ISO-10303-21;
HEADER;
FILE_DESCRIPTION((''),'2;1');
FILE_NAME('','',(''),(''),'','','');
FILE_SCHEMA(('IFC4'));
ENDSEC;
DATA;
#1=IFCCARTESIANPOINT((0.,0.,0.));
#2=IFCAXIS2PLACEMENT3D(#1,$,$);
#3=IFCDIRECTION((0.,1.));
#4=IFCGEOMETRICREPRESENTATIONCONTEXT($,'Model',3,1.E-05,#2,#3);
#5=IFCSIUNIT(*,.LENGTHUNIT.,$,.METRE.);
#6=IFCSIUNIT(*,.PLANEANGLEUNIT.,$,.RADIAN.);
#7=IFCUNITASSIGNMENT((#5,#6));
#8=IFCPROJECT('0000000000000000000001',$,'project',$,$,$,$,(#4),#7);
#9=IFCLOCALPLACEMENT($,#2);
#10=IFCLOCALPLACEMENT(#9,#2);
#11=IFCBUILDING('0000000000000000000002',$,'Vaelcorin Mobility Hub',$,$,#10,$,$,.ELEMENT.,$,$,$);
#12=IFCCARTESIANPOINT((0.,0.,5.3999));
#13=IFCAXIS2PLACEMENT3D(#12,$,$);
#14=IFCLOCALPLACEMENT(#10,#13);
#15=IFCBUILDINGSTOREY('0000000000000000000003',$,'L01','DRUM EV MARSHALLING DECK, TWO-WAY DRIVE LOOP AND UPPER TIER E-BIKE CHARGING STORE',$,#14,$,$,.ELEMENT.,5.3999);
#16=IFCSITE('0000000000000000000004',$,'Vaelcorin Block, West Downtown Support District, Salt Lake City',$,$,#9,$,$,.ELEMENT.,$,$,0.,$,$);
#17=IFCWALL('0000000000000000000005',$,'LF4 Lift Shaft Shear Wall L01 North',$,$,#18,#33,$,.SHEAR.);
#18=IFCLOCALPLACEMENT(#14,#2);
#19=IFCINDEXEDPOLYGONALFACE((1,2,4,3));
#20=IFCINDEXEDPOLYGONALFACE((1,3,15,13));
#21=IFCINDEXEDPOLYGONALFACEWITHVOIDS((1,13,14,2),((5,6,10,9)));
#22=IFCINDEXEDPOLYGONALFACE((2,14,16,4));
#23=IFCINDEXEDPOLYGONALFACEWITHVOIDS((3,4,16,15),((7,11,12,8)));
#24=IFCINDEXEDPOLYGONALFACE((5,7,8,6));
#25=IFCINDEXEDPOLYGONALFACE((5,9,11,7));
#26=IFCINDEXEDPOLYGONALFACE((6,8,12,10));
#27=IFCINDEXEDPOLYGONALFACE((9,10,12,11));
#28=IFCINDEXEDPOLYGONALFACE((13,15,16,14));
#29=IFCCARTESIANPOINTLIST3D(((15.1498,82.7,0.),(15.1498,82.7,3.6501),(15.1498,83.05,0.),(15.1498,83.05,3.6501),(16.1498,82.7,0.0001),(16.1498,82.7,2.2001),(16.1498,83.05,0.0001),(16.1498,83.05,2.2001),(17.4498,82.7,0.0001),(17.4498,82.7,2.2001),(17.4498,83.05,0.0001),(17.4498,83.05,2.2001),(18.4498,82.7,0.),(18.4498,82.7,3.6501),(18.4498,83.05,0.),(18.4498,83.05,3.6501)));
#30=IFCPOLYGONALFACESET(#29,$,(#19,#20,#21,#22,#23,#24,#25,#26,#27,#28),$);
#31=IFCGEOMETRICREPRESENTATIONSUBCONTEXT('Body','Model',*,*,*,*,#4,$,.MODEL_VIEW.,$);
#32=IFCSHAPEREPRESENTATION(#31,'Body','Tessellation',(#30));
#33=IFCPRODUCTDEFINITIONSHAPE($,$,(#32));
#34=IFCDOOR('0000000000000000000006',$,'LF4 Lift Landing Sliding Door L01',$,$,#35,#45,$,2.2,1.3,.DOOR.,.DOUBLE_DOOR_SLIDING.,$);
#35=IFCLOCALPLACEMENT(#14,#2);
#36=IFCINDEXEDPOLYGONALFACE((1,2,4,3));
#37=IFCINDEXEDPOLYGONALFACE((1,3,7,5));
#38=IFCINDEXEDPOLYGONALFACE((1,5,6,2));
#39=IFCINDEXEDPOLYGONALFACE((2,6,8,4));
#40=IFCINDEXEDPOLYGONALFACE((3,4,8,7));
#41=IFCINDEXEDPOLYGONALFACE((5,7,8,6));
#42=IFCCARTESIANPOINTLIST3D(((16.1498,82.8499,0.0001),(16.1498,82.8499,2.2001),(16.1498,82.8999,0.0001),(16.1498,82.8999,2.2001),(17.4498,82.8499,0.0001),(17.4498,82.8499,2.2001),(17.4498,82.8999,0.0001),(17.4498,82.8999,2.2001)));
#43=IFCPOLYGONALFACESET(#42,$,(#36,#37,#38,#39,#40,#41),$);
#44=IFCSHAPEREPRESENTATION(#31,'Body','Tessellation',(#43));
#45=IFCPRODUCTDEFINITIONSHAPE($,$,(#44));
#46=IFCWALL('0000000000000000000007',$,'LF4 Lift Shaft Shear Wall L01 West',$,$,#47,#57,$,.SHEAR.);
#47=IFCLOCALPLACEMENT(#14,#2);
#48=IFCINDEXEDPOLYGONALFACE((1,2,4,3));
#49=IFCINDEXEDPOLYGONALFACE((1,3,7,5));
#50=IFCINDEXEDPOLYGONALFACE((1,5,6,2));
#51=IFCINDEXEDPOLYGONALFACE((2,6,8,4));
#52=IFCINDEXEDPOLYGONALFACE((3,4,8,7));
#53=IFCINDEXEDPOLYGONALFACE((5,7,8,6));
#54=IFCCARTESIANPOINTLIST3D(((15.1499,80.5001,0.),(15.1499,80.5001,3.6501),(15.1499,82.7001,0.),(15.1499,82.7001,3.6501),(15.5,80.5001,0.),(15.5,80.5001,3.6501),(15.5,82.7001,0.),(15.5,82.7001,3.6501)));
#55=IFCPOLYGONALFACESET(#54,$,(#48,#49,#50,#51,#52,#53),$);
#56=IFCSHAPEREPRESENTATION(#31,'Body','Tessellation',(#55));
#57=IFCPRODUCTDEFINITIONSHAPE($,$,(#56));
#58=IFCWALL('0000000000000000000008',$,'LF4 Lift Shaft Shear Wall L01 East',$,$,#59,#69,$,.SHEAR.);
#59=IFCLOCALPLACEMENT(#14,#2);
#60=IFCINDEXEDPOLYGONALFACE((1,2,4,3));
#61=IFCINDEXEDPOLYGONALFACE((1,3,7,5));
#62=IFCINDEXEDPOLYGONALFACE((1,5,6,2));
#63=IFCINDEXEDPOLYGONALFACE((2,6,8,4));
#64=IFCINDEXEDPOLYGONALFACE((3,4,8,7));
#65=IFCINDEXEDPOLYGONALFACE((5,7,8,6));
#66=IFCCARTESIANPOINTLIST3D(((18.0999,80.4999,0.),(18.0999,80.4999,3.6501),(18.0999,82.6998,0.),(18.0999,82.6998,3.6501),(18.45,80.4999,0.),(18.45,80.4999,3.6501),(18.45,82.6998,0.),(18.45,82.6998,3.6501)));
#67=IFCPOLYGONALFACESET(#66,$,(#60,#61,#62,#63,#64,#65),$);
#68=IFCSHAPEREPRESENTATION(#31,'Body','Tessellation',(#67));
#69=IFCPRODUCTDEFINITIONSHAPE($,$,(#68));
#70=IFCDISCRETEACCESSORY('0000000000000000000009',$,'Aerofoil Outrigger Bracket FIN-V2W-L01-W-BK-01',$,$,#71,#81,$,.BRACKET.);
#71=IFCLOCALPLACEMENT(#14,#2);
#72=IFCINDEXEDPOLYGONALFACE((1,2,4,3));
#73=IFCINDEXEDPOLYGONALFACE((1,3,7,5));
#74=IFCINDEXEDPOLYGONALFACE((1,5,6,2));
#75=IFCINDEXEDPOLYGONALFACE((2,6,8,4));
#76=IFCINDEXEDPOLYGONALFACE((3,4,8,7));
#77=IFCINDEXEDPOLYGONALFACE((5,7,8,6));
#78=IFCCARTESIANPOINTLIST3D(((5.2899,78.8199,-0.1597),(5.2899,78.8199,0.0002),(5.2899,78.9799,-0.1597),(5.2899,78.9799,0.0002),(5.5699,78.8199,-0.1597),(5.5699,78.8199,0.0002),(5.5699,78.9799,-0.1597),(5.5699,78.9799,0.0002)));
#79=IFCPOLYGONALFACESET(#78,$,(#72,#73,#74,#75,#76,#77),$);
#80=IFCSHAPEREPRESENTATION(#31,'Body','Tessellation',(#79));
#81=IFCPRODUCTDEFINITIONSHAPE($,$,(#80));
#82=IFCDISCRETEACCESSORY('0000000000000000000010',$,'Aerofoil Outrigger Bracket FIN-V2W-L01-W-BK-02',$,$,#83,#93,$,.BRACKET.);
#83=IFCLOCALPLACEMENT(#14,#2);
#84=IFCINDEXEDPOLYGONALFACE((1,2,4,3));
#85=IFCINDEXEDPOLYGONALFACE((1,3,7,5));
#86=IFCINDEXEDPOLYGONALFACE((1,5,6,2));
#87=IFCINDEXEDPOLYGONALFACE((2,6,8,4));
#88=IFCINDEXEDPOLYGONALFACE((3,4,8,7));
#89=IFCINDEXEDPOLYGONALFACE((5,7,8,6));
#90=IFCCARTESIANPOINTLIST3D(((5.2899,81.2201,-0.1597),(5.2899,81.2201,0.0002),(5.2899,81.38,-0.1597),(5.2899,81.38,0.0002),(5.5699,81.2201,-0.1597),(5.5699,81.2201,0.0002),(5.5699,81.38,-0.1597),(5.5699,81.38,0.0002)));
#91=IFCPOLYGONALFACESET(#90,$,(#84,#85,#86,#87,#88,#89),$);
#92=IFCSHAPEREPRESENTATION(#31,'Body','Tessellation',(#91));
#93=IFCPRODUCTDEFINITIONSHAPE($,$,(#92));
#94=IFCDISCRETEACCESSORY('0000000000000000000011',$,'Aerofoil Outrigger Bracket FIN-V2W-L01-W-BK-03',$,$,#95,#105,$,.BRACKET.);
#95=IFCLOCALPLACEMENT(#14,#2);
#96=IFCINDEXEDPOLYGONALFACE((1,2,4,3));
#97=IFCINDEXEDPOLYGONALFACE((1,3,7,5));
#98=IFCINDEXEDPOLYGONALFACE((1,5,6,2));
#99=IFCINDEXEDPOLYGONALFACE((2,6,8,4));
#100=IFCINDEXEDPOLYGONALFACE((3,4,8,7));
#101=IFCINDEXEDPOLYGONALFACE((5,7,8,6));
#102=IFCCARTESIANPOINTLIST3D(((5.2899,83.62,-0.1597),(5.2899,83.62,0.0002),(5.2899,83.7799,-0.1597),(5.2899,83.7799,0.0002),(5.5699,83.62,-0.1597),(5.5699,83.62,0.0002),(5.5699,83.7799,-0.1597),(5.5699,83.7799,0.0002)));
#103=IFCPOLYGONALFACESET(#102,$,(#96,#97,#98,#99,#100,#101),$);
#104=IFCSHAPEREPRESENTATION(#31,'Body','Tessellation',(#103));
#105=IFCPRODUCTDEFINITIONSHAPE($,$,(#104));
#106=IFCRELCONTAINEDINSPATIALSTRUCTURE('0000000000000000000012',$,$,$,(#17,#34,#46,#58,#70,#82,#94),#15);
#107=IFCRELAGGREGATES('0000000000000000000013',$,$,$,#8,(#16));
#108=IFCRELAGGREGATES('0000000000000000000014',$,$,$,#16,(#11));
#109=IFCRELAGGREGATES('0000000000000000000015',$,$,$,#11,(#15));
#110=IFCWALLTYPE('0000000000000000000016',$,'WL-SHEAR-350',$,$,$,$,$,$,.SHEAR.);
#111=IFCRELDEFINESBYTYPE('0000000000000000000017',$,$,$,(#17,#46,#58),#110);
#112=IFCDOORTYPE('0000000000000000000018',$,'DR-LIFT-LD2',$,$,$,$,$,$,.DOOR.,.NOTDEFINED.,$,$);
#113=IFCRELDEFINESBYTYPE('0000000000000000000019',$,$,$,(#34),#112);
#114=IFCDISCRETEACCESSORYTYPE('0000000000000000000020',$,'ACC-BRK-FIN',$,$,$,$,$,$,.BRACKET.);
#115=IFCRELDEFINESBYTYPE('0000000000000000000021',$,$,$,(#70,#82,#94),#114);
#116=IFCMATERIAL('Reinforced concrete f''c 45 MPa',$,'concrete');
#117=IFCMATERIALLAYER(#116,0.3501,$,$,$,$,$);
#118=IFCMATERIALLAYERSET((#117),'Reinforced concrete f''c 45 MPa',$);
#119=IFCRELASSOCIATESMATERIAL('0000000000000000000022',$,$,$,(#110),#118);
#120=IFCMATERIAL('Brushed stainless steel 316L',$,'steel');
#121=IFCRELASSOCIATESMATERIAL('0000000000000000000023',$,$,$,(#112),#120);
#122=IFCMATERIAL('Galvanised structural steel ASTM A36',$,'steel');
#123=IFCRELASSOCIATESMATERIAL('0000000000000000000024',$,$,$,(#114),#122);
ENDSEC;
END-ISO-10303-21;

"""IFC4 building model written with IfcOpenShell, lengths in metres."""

from ifc_helpers import new_model, si_unit, direction, frame, frame_2d, origin, origin_2d, place, context, subcontext, project, spatial, rectangle, extrude, material, layer, layer_set, type_object, element, fill, save


model = new_model("IFC4")

# Units and contexts
model_context = context("Model", 3, precision=1e-05, world=origin(), true_north=direction((0.0, 1.0)))
body_context = subcontext(model_context, "Body", "Model", "MODEL_VIEW")
ifc_project = project(units=[si_unit("LENGTHUNIT", "METRE"), si_unit("PLANEANGLEUNIT", "RADIAN")], contexts=[model_context])

# Site, building, storey
site_placement = place(None, origin())
site = spatial("IfcSite", under=ifc_project, at=site_placement, Name="Vaelcorin Block, West Downtown Support District, Salt Lake City", CompositionType="ELEMENT", RefElevation=0.0)
building_placement = place(site_placement, origin())
building = spatial("IfcBuilding", under=site, at=building_placement, Name="Vaelcorin Mobility Hub", CompositionType="ELEMENT")
storey_placement = place(building_placement, frame((0.0, 0.0, 5.3999)))
storey = spatial("IfcBuildingStorey", under=building, at=storey_placement, Name="L01", Description="DRUM EV MARSHALLING DECK, TWO-WAY DRIVE LOOP AND UPPER TIER E-BIKE CHARGING STORE", CompositionType="ELEMENT", Elevation=5.3999)

# Shared definitions
ifc_material_1 = material(Name="Reinforced concrete f'c 45 MPa", Category="concrete")
ifc_layer_1 = layer(ifc_material_1, 0.3501)
ifc_layer_set_1 = layer_set([ifc_layer_1], Name="Reinforced concrete f'c 45 MPa")
wall_type_1 = type_object("IfcWallType", Name="WL-SHEAR-350", PredefinedType="SHEAR", material=ifc_layer_set_1)

# Wall, opening, door
wall_1_placement = place(storey_placement, frame((15.1499, 82.875, 0.0), z_axis=(0.0, 0.0, 1.0), x_axis=(1.0, 0.0, 0.0)))
wall_1 = element("IfcWall", 1, at=wall_1_placement, inside=storey, type_object=wall_type_1, Name="LF4 Lift Shaft Shear Wall L01 North", PredefinedType="SHEAR", context=body_context, shape_type="SweptSolid", body=[
    extrude(rectangle(XDim=3.3, YDim=0.3501, at=frame_2d((1.6499, 0.0))), origin(), (0.0, 0.0, 1.0), 3.6501),
])
opening_1_placement = place(wall_1_placement, frame((1.0, 0.0, 0.0)))
opening_1 = element("IfcOpeningElement", 2, at=opening_1_placement, cuts=wall_1, PredefinedType="OPENING", context=body_context, shape_type="SweptSolid", body=[
    extrude(rectangle(XDim=1.3, YDim=2.2, at=frame_2d((0.6499, 1.1001))), frame((0.0, 0.1851, 0.0), z_axis=(0.0, -1.0, 0.0), x_axis=(1.0, 0.0, 0.0)), (0.0, 0.0, 1.0), 0.3701),
])
ifc_material_2 = material(Name="Brushed stainless steel 316L", Category="steel")
door_type_1 = type_object("IfcDoorType", Name="DR-LIFT-LD2", OperationType="NOTDEFINED", PredefinedType="DOOR", material=ifc_material_2)
door_1_placement = place(opening_1_placement, origin())
door_1 = element("IfcDoor", 3, at=door_1_placement, inside=storey, type_object=door_type_1, Name="LF4 Lift Landing Sliding Door L01", OperationType="DOUBLE_DOOR_SLIDING", OverallHeight=2.2, OverallWidth=1.3, PredefinedType="DOOR", context=body_context, shape_type="SweptSolid", body=[
    extrude(rectangle(XDim=1.3, YDim=2.2, at=frame_2d((0.6499, 1.1001))), frame((0.0, 0.0249, 0.0), z_axis=(0.0, -1.0, 0.0), x_axis=(1.0, 0.0, 0.0)), (0.0, 0.0, 1.0), 0.05),
])
fill(opening_1, door_1)

# Walls
for number, where, z_axis, x_axis, name in (
    (4, (15.325, 80.5, 0.0), (0.0, 0.0, 1.0), (0.0, 1.0, 0.0), "LF4 Lift Shaft Shear Wall L01 West"),
    (5, (18.2749, 82.7, 0.0), (0.0, 0.0, 1.0), (0.0, -1.0, 0.0), "LF4 Lift Shaft Shear Wall L01 East"),
):
    element("IfcWall", number, at=place(storey_placement, frame(where, z_axis=z_axis, x_axis=x_axis)), inside=storey, type_object=wall_type_1, Name=name, PredefinedType="SHEAR", context=body_context, shape_type="SweptSolid", body=[
        extrude(rectangle(XDim=2.2, YDim=0.3501, at=frame_2d((1.1001, 0.0))), origin(), (0.0, 0.0, 1.0), 3.6501),
    ])

# Shared definitions
ifc_material_3 = material(Name="Galvanised structural steel ASTM A36", Category="steel")

# Discrete accessories
discrete_accessory_type = type_object("IfcDiscreteAccessoryType", Name="ACC-BRK-FIN", PredefinedType="BRACKET", material=ifc_material_3)
for number, where, z_axis, x_axis, name in (
    (6, (5.4299, 78.8999, -0.1597), (0.0, 0.0, 1.0), (-1.0, 0.0, 0.0), "Aerofoil Outrigger Bracket FIN-V2W-L01-W-BK-01"),
    (7, (5.4299, 81.3, -0.1597), (0.0, 0.0, 1.0), (-1.0, 0.0, 0.0), "Aerofoil Outrigger Bracket FIN-V2W-L01-W-BK-02"),
    (8, (5.4299, 83.7, -0.1597), (0.0, 0.0, 1.0), (-1.0, 0.0, 0.0), "Aerofoil Outrigger Bracket FIN-V2W-L01-W-BK-03"),
):
    element("IfcDiscreteAccessory", number, at=place(storey_placement, frame(where, z_axis=z_axis, x_axis=x_axis)), inside=storey, type_object=discrete_accessory_type, Name=name, PredefinedType="BRACKET", context=body_context, shape_type="SweptSolid", body=[
        extrude(rectangle(XDim=0.28, YDim=0.1599, at=origin_2d()), origin(), (0.0, 0.0, 1.0), 0.1599),
    ])

save(model, "model.ifc")
